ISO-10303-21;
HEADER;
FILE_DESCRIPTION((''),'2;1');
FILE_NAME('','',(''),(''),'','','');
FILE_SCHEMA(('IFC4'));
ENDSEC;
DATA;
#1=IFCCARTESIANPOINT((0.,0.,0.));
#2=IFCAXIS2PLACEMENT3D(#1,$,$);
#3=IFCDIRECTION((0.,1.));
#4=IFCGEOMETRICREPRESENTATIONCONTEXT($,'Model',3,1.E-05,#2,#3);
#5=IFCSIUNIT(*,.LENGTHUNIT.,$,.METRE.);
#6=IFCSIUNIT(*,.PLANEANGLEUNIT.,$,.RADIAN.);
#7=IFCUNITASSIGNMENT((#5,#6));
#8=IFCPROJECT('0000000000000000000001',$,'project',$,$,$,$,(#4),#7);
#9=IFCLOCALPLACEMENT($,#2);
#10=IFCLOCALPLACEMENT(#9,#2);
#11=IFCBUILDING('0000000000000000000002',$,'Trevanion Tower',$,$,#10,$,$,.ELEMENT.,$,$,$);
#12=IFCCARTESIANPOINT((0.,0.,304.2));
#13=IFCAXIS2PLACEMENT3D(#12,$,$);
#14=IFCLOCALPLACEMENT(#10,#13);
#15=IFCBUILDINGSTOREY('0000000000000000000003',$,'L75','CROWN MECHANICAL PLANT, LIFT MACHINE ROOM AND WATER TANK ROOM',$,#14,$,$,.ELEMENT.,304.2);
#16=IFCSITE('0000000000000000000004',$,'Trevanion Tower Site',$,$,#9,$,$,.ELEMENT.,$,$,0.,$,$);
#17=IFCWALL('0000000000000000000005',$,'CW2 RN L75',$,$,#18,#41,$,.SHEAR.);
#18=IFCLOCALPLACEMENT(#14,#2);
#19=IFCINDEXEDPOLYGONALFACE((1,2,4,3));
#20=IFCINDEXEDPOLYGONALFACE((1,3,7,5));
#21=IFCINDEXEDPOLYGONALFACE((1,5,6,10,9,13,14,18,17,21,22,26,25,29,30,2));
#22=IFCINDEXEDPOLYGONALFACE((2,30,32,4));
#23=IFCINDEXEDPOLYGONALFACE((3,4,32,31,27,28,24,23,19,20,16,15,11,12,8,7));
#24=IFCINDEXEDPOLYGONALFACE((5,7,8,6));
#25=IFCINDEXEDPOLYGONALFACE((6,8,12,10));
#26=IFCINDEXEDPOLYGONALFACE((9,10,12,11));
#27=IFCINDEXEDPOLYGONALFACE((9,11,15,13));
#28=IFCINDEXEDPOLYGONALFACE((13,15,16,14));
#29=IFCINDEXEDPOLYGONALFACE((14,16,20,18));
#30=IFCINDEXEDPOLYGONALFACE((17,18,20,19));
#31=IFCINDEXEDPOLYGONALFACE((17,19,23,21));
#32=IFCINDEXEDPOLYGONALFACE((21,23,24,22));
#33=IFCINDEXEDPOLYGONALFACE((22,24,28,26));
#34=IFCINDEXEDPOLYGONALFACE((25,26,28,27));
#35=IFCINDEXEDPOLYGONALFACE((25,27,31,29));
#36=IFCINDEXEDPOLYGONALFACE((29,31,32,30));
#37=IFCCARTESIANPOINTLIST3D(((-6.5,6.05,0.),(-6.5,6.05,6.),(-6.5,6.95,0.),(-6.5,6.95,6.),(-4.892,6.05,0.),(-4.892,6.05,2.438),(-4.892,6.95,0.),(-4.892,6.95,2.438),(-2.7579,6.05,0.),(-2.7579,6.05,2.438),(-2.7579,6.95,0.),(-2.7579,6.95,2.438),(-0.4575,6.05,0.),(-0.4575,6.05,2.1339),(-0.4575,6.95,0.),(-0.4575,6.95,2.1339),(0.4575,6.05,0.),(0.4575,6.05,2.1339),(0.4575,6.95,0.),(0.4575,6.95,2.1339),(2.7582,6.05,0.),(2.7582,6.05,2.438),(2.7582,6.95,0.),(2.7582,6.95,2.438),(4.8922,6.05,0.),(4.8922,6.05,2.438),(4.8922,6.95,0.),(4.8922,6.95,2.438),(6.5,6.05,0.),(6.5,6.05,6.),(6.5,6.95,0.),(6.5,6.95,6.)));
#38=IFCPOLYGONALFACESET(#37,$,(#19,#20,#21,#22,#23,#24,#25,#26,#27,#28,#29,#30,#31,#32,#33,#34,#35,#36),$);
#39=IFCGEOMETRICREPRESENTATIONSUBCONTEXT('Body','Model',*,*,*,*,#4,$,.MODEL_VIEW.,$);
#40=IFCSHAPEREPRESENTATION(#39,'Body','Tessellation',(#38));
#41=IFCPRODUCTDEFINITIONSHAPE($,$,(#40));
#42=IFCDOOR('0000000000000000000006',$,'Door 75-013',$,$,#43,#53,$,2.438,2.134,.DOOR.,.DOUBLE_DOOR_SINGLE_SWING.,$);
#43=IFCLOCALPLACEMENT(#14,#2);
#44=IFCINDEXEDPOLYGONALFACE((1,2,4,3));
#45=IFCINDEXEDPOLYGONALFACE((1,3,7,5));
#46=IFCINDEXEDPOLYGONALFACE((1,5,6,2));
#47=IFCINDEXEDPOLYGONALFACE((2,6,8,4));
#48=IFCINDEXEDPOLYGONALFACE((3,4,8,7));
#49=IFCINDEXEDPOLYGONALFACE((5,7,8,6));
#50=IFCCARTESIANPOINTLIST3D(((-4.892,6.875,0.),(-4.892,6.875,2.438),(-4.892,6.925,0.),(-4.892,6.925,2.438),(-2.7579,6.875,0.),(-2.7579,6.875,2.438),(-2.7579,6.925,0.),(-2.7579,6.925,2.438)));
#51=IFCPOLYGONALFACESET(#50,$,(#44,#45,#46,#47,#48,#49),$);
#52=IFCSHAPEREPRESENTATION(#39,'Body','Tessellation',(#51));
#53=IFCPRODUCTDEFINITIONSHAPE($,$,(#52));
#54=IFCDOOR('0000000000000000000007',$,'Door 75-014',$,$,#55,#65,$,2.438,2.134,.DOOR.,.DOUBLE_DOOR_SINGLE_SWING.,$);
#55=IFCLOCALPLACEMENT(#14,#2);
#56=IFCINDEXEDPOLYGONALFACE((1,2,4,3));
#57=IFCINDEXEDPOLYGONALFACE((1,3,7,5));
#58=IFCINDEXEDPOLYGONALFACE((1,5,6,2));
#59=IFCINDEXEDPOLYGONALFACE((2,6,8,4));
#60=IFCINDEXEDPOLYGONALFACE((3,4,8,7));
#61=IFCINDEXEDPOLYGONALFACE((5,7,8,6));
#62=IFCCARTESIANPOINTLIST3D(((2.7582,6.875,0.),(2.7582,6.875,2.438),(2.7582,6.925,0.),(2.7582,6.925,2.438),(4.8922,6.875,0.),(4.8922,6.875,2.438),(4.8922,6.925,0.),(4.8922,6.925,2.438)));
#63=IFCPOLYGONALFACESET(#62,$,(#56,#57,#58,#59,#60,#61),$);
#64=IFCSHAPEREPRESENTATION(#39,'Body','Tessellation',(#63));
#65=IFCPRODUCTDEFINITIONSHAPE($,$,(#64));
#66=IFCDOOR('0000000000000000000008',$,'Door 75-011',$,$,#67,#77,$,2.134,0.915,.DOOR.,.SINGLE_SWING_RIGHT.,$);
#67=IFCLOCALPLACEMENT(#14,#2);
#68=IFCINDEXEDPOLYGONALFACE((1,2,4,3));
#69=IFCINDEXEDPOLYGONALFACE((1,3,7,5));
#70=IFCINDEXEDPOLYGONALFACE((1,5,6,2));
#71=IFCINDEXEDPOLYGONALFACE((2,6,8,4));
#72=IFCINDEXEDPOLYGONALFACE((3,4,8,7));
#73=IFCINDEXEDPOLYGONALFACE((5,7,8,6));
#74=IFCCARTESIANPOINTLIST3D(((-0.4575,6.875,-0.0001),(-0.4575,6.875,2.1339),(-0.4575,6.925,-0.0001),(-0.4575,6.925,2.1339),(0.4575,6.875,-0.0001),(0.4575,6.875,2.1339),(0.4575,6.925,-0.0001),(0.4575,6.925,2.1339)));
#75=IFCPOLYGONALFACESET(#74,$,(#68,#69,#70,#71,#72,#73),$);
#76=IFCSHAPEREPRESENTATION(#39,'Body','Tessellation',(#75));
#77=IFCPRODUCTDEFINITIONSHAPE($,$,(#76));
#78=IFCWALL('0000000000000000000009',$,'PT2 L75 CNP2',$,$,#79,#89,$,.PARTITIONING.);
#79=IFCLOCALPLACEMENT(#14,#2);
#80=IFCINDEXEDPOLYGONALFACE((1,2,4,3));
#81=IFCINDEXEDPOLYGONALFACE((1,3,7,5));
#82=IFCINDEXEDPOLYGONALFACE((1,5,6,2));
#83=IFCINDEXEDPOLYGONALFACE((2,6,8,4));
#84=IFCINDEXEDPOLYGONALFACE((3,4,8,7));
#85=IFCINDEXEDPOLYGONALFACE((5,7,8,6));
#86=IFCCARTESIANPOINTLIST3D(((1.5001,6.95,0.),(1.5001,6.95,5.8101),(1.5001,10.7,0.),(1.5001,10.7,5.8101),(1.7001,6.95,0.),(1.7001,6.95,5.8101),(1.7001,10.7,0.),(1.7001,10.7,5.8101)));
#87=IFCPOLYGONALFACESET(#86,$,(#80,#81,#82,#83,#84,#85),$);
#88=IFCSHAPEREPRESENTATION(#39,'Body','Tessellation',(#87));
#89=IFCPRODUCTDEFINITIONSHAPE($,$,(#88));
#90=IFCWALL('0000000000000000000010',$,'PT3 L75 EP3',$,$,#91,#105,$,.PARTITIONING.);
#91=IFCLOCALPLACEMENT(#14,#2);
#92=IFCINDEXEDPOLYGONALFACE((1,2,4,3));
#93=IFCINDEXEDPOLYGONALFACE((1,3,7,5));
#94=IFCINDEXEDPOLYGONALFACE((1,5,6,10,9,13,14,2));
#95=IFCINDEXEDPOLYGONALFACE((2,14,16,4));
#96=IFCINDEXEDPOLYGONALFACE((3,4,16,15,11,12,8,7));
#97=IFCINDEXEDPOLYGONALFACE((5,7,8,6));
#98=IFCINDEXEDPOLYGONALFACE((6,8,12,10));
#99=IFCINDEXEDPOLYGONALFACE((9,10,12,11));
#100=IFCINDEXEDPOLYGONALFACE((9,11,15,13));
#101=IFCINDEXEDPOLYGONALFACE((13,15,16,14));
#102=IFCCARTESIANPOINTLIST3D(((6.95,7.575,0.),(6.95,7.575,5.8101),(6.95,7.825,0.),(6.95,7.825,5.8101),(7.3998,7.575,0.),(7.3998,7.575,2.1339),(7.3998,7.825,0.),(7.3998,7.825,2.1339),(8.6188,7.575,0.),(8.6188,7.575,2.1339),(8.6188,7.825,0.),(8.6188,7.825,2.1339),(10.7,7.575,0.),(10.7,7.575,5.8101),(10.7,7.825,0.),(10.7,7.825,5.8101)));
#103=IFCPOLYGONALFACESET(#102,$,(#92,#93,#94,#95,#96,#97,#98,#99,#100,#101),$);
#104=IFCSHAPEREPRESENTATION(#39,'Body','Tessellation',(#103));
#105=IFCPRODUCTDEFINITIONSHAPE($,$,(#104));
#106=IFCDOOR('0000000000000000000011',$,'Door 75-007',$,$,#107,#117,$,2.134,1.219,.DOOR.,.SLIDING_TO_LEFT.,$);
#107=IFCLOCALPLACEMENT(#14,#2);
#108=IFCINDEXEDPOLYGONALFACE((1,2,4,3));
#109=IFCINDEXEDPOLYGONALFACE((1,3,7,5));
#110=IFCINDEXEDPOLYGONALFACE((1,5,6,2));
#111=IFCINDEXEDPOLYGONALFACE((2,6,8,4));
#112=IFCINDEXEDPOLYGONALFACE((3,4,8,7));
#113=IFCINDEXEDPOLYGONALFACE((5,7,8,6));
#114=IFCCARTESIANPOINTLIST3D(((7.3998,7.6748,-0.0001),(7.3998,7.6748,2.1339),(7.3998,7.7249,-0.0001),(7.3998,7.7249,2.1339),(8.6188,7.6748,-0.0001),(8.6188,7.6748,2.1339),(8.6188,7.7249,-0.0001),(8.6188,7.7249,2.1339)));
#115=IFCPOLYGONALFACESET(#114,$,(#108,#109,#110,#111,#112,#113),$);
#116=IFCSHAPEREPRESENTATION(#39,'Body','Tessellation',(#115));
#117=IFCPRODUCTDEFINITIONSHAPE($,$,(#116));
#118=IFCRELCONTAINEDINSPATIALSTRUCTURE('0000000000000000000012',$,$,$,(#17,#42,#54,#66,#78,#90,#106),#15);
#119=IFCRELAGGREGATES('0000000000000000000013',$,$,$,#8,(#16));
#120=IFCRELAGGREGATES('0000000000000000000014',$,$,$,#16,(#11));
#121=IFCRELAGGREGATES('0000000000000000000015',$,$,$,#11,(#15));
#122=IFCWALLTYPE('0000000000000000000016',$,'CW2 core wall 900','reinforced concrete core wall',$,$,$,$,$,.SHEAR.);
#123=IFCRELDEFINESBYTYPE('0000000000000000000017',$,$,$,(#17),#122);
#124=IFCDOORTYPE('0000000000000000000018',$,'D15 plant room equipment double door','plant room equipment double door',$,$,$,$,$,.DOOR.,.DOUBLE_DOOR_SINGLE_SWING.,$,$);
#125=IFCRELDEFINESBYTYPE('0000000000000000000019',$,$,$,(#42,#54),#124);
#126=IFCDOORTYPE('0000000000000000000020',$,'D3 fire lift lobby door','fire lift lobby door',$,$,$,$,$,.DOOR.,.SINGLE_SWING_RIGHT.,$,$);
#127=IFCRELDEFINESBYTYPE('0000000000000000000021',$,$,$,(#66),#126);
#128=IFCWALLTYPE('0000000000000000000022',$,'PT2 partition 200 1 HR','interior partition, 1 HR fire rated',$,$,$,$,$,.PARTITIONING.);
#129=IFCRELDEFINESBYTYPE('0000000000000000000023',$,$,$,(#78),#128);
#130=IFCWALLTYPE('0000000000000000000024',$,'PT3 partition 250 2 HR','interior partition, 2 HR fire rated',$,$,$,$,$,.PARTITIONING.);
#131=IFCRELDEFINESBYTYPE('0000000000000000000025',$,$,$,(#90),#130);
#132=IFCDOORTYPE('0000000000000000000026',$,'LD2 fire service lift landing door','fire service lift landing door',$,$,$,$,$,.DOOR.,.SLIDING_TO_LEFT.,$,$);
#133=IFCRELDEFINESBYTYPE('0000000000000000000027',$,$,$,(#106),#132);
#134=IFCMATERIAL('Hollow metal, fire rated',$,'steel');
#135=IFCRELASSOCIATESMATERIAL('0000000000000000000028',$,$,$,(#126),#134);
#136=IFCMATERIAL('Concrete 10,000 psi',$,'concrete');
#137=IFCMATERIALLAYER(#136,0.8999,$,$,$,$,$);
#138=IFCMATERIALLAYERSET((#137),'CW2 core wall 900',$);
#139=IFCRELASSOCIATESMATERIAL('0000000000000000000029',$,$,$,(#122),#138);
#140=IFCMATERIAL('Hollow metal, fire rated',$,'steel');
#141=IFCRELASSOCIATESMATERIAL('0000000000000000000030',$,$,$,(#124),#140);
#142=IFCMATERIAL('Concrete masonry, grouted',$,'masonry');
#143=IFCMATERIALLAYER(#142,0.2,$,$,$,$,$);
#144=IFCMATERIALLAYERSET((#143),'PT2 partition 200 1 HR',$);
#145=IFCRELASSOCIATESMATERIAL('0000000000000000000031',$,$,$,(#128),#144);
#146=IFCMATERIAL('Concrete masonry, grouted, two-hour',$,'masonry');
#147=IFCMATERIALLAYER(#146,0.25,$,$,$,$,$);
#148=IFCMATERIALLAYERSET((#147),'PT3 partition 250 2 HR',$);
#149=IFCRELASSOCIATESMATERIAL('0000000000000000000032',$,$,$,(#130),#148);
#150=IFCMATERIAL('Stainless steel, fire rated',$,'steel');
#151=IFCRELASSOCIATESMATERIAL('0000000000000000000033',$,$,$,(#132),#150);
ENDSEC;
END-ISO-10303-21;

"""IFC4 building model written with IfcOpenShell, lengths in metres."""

from ifc_helpers import new_model, si_unit, direction, frame, frame_2d, origin, place, context, subcontext, project, spatial, rectangle, extrude, material, layer, layer_set, type_object, element, fill, save


model = new_model("IFC4")

# Units and contexts
model_context = context("Model", 3, precision=1e-05, world=origin(), true_north=direction((0.0, 1.0)))
body_context = subcontext(model_context, "Body", "Model", "MODEL_VIEW")
ifc_project = project(units=[si_unit("LENGTHUNIT", "METRE"), si_unit("PLANEANGLEUNIT", "RADIAN")], contexts=[model_context])

# Site, building, storey
site_placement = place(None, origin())
site = spatial("IfcSite", under=ifc_project, at=site_placement, Name="Trevanion Tower Site", CompositionType="ELEMENT", RefElevation=0.0)
building_placement = place(site_placement, origin())
building = spatial("IfcBuilding", under=site, at=building_placement, Name="Trevanion Tower", CompositionType="ELEMENT")
storey_placement = place(building_placement, frame((0.0, 0.0, 304.2)))
storey = spatial("IfcBuildingStorey", under=building, at=storey_placement, Name="L75", Description="CROWN MECHANICAL PLANT, LIFT MACHINE ROOM AND WATER TANK ROOM", CompositionType="ELEMENT", Elevation=304.2)

# Shared definitions
ifc_material_1 = material(Name="Hollow metal, fire rated", Category="steel")
door_type_1 = type_object("IfcDoorType", Name="D3 fire lift lobby door", Description="fire lift lobby door", OperationType="SINGLE_SWING_RIGHT", PredefinedType="DOOR", material=ifc_material_1)

# Wall, openings, doors
ifc_material_2 = material(Name="Concrete 10,000 psi", Category="concrete")
ifc_layer_1 = layer(ifc_material_2, 0.8999)
ifc_layer_set_1 = layer_set([ifc_layer_1], Name="CW2 core wall 900")
wall_type_1 = type_object("IfcWallType", Name="CW2 core wall 900", Description="reinforced concrete core wall", PredefinedType="SHEAR", material=ifc_layer_set_1)
wall_1_placement = place(storey_placement, frame((6.5, 6.5, 0.0), z_axis=(0.0, 0.0, 1.0), x_axis=(-1.0, 0.0, 0.0)))
wall_1 = element("IfcWall", 1, at=wall_1_placement, inside=storey, type_object=wall_type_1, Name="CW2 RN L75", PredefinedType="SHEAR", context=body_context, shape_type="SweptSolid", body=[
    extrude(rectangle(XDim=13.0, YDim=0.8999, at=frame_2d((6.5, 0.0))), origin(), (0.0, 0.0, 1.0), 6.0),
])
opening_1_placement = place(wall_1_placement, frame((6.0425, 0.0, 0.0)))
opening_1 = element("IfcOpeningElement", 2, at=opening_1_placement, cuts=wall_1, PredefinedType="OPENING", context=body_context, shape_type="SweptSolid", body=[
    extrude(rectangle(XDim=0.915, YDim=2.134, at=frame_2d((0.4575, 1.0669))), frame((0.0, 0.46, 0.0), z_axis=(0.0, -1.0, 0.0), x_axis=(1.0, 0.0, 0.0)), (0.0, 0.0, 1.0), 0.9199),
])
opening_2_placement = place(wall_1_placement, frame((9.2581, 0.0, 0.0)))
opening_2 = element("IfcOpeningElement", 3, at=opening_2_placement, cuts=wall_1, PredefinedType="OPENING", context=body_context, shape_type="SweptSolid", body=[
    extrude(rectangle(XDim=2.134, YDim=2.438, at=frame_2d((1.0669, 1.219))), frame((0.0, 0.46, 0.0), z_axis=(0.0, -1.0, 0.0), x_axis=(1.0, 0.0, 0.0)), (0.0, 0.0, 1.0), 0.9199),
])
opening_3_placement = place(wall_1_placement, frame((1.6079, 0.0, 0.0)))
opening_3 = element("IfcOpeningElement", 4, at=opening_3_placement, cuts=wall_1, PredefinedType="OPENING", context=body_context, shape_type="SweptSolid", body=[
    extrude(rectangle(XDim=2.134, YDim=2.438, at=frame_2d((1.0669, 1.219))), frame((0.0, 0.46, 0.0), z_axis=(0.0, -1.0, 0.0), x_axis=(1.0, 0.0, 0.0)), (0.0, 0.0, 1.0), 0.9199),
])
ifc_material_3 = material(Name="Hollow metal, fire rated", Category="steel")
door_type_2 = type_object("IfcDoorType", Name="D15 plant room equipment double door", Description="plant room equipment double door", OperationType="DOUBLE_DOOR_SINGLE_SWING", PredefinedType="DOOR", material=ifc_material_3)
door_1_placement = place(opening_2_placement, origin())
door_1 = element("IfcDoor", 5, at=door_1_placement, inside=storey, type_object=door_type_2, Name="Door 75-013", OperationType="DOUBLE_DOOR_SINGLE_SWING", OverallHeight=2.438, OverallWidth=2.134, PredefinedType="DOOR", context=body_context, shape_type="SweptSolid", body=[
    extrude(rectangle(XDim=2.134, YDim=2.438, at=frame_2d((1.0669, 1.219))), frame((0.0, -0.375, 0.0), z_axis=(0.0, -1.0, 0.0), x_axis=(1.0, 0.0, 0.0)), (0.0, 0.0, 1.0), 0.05),
])
fill(opening_2, door_1)
door_2_placement = place(opening_3_placement, origin())
door_2 = element("IfcDoor", 6, at=door_2_placement, inside=storey, type_object=door_type_2, Name="Door 75-014", OperationType="DOUBLE_DOOR_SINGLE_SWING", OverallHeight=2.438, OverallWidth=2.134, PredefinedType="DOOR", context=body_context, shape_type="SweptSolid", body=[
    extrude(rectangle(XDim=2.134, YDim=2.438, at=frame_2d((1.0669, 1.219))), frame((0.0, -0.375, 0.0), z_axis=(0.0, -1.0, 0.0), x_axis=(1.0, 0.0, 0.0)), (0.0, 0.0, 1.0), 0.05),
])
fill(opening_3, door_2)
door_3_placement = place(opening_1_placement, origin())
door_3 = element("IfcDoor", 7, at=door_3_placement, inside=storey, type_object=door_type_1, Name="Door 75-011", OperationType="SINGLE_SWING_RIGHT", OverallHeight=2.134, OverallWidth=0.915, PredefinedType="DOOR", context=body_context, shape_type="SweptSolid", body=[
    extrude(rectangle(XDim=0.915, YDim=2.134, at=frame_2d((0.4575, 1.0669))), frame((0.0, -0.375, 0.0), z_axis=(0.0, -1.0, 0.0), x_axis=(1.0, 0.0, 0.0)), (0.0, 0.0, 1.0), 0.05),
])
fill(opening_1, door_3)

# Wall
ifc_material_4 = material(Name="Concrete masonry, grouted", Category="masonry")
ifc_layer_2 = layer(ifc_material_4, 0.2)
ifc_layer_set_2 = layer_set([ifc_layer_2], Name="PT2 partition 200 1 HR")
wall_type_2 = type_object("IfcWallType", Name="PT2 partition 200 1 HR", Description="interior partition, 1 HR fire rated", PredefinedType="PARTITIONING", material=ifc_layer_set_2)
wall_2_placement = place(storey_placement, frame((1.6001, 6.95, 0.0), z_axis=(0.0, 0.0, 1.0), x_axis=(0.0, 1.0, 0.0)))
element("IfcWall", 8, at=wall_2_placement, inside=storey, type_object=wall_type_2, Name="PT2 L75 CNP2", PredefinedType="PARTITIONING", context=body_context, shape_type="SweptSolid", body=[
    extrude(rectangle(XDim=3.75, YDim=0.2, at=frame_2d((1.875, 0.0))), origin(), (0.0, 0.0, 1.0), 5.8101),
])

# Wall, opening, door
ifc_material_5 = material(Name="Concrete masonry, grouted, two-hour", Category="masonry")
ifc_layer_3 = layer(ifc_material_5, 0.25)
ifc_layer_set_3 = layer_set([ifc_layer_3], Name="PT3 partition 250 2 HR")
wall_type_3 = type_object("IfcWallType", Name="PT3 partition 250 2 HR", Description="interior partition, 2 HR fire rated", PredefinedType="PARTITIONING", material=ifc_layer_set_3)
wall_3_placement = place(storey_placement, frame((6.95, 7.7, 0.0), z_axis=(0.0, 0.0, 1.0), x_axis=(1.0, 0.0, 0.0)))
wall_3 = element("IfcWall", 9, at=wall_3_placement, inside=storey, type_object=wall_type_3, Name="PT3 L75 EP3", PredefinedType="PARTITIONING", context=body_context, shape_type="SweptSolid", body=[
    extrude(rectangle(XDim=3.75, YDim=0.25, at=frame_2d((1.875, 0.0))), origin(), (0.0, 0.0, 1.0), 5.8101),
])
opening_4_placement = place(wall_3_placement, frame((0.45, 0.0, 0.0)))
opening_4 = element("IfcOpeningElement", 10, at=opening_4_placement, cuts=wall_3, PredefinedType="OPENING", context=body_context, shape_type="SweptSolid", body=[
    extrude(rectangle(XDim=1.219, YDim=2.134, at=frame_2d((0.6094, 1.0669))), frame((0.0, 0.135, 0.0), z_axis=(0.0, -1.0, 0.0), x_axis=(1.0, 0.0, 0.0)), (0.0, 0.0, 1.0), 0.27),
])
ifc_material_6 = material(Name="Stainless steel, fire rated", Category="steel")
door_type_3 = type_object("IfcDoorType", Name="LD2 fire service lift landing door", Description="fire service lift landing door", OperationType="SLIDING_TO_LEFT", PredefinedType="DOOR", material=ifc_material_6)
door_4_placement = place(opening_4_placement, origin())
door_4 = element("IfcDoor", 11, at=door_4_placement, inside=storey, type_object=door_type_3, Name="Door 75-007", OperationType="SLIDING_TO_LEFT", OverallHeight=2.134, OverallWidth=1.219, PredefinedType="DOOR", context=body_context, shape_type="SweptSolid", body=[
    extrude(rectangle(XDim=1.219, YDim=2.134, at=frame_2d((0.6094, 1.0669))), frame((0.0, 0.0249, 0.0), z_axis=(0.0, -1.0, 0.0), x_axis=(1.0, 0.0, 0.0)), (0.0, 0.0, 1.0), 0.05),
])
fill(opening_4, door_4)

save(model, "model.ifc")
